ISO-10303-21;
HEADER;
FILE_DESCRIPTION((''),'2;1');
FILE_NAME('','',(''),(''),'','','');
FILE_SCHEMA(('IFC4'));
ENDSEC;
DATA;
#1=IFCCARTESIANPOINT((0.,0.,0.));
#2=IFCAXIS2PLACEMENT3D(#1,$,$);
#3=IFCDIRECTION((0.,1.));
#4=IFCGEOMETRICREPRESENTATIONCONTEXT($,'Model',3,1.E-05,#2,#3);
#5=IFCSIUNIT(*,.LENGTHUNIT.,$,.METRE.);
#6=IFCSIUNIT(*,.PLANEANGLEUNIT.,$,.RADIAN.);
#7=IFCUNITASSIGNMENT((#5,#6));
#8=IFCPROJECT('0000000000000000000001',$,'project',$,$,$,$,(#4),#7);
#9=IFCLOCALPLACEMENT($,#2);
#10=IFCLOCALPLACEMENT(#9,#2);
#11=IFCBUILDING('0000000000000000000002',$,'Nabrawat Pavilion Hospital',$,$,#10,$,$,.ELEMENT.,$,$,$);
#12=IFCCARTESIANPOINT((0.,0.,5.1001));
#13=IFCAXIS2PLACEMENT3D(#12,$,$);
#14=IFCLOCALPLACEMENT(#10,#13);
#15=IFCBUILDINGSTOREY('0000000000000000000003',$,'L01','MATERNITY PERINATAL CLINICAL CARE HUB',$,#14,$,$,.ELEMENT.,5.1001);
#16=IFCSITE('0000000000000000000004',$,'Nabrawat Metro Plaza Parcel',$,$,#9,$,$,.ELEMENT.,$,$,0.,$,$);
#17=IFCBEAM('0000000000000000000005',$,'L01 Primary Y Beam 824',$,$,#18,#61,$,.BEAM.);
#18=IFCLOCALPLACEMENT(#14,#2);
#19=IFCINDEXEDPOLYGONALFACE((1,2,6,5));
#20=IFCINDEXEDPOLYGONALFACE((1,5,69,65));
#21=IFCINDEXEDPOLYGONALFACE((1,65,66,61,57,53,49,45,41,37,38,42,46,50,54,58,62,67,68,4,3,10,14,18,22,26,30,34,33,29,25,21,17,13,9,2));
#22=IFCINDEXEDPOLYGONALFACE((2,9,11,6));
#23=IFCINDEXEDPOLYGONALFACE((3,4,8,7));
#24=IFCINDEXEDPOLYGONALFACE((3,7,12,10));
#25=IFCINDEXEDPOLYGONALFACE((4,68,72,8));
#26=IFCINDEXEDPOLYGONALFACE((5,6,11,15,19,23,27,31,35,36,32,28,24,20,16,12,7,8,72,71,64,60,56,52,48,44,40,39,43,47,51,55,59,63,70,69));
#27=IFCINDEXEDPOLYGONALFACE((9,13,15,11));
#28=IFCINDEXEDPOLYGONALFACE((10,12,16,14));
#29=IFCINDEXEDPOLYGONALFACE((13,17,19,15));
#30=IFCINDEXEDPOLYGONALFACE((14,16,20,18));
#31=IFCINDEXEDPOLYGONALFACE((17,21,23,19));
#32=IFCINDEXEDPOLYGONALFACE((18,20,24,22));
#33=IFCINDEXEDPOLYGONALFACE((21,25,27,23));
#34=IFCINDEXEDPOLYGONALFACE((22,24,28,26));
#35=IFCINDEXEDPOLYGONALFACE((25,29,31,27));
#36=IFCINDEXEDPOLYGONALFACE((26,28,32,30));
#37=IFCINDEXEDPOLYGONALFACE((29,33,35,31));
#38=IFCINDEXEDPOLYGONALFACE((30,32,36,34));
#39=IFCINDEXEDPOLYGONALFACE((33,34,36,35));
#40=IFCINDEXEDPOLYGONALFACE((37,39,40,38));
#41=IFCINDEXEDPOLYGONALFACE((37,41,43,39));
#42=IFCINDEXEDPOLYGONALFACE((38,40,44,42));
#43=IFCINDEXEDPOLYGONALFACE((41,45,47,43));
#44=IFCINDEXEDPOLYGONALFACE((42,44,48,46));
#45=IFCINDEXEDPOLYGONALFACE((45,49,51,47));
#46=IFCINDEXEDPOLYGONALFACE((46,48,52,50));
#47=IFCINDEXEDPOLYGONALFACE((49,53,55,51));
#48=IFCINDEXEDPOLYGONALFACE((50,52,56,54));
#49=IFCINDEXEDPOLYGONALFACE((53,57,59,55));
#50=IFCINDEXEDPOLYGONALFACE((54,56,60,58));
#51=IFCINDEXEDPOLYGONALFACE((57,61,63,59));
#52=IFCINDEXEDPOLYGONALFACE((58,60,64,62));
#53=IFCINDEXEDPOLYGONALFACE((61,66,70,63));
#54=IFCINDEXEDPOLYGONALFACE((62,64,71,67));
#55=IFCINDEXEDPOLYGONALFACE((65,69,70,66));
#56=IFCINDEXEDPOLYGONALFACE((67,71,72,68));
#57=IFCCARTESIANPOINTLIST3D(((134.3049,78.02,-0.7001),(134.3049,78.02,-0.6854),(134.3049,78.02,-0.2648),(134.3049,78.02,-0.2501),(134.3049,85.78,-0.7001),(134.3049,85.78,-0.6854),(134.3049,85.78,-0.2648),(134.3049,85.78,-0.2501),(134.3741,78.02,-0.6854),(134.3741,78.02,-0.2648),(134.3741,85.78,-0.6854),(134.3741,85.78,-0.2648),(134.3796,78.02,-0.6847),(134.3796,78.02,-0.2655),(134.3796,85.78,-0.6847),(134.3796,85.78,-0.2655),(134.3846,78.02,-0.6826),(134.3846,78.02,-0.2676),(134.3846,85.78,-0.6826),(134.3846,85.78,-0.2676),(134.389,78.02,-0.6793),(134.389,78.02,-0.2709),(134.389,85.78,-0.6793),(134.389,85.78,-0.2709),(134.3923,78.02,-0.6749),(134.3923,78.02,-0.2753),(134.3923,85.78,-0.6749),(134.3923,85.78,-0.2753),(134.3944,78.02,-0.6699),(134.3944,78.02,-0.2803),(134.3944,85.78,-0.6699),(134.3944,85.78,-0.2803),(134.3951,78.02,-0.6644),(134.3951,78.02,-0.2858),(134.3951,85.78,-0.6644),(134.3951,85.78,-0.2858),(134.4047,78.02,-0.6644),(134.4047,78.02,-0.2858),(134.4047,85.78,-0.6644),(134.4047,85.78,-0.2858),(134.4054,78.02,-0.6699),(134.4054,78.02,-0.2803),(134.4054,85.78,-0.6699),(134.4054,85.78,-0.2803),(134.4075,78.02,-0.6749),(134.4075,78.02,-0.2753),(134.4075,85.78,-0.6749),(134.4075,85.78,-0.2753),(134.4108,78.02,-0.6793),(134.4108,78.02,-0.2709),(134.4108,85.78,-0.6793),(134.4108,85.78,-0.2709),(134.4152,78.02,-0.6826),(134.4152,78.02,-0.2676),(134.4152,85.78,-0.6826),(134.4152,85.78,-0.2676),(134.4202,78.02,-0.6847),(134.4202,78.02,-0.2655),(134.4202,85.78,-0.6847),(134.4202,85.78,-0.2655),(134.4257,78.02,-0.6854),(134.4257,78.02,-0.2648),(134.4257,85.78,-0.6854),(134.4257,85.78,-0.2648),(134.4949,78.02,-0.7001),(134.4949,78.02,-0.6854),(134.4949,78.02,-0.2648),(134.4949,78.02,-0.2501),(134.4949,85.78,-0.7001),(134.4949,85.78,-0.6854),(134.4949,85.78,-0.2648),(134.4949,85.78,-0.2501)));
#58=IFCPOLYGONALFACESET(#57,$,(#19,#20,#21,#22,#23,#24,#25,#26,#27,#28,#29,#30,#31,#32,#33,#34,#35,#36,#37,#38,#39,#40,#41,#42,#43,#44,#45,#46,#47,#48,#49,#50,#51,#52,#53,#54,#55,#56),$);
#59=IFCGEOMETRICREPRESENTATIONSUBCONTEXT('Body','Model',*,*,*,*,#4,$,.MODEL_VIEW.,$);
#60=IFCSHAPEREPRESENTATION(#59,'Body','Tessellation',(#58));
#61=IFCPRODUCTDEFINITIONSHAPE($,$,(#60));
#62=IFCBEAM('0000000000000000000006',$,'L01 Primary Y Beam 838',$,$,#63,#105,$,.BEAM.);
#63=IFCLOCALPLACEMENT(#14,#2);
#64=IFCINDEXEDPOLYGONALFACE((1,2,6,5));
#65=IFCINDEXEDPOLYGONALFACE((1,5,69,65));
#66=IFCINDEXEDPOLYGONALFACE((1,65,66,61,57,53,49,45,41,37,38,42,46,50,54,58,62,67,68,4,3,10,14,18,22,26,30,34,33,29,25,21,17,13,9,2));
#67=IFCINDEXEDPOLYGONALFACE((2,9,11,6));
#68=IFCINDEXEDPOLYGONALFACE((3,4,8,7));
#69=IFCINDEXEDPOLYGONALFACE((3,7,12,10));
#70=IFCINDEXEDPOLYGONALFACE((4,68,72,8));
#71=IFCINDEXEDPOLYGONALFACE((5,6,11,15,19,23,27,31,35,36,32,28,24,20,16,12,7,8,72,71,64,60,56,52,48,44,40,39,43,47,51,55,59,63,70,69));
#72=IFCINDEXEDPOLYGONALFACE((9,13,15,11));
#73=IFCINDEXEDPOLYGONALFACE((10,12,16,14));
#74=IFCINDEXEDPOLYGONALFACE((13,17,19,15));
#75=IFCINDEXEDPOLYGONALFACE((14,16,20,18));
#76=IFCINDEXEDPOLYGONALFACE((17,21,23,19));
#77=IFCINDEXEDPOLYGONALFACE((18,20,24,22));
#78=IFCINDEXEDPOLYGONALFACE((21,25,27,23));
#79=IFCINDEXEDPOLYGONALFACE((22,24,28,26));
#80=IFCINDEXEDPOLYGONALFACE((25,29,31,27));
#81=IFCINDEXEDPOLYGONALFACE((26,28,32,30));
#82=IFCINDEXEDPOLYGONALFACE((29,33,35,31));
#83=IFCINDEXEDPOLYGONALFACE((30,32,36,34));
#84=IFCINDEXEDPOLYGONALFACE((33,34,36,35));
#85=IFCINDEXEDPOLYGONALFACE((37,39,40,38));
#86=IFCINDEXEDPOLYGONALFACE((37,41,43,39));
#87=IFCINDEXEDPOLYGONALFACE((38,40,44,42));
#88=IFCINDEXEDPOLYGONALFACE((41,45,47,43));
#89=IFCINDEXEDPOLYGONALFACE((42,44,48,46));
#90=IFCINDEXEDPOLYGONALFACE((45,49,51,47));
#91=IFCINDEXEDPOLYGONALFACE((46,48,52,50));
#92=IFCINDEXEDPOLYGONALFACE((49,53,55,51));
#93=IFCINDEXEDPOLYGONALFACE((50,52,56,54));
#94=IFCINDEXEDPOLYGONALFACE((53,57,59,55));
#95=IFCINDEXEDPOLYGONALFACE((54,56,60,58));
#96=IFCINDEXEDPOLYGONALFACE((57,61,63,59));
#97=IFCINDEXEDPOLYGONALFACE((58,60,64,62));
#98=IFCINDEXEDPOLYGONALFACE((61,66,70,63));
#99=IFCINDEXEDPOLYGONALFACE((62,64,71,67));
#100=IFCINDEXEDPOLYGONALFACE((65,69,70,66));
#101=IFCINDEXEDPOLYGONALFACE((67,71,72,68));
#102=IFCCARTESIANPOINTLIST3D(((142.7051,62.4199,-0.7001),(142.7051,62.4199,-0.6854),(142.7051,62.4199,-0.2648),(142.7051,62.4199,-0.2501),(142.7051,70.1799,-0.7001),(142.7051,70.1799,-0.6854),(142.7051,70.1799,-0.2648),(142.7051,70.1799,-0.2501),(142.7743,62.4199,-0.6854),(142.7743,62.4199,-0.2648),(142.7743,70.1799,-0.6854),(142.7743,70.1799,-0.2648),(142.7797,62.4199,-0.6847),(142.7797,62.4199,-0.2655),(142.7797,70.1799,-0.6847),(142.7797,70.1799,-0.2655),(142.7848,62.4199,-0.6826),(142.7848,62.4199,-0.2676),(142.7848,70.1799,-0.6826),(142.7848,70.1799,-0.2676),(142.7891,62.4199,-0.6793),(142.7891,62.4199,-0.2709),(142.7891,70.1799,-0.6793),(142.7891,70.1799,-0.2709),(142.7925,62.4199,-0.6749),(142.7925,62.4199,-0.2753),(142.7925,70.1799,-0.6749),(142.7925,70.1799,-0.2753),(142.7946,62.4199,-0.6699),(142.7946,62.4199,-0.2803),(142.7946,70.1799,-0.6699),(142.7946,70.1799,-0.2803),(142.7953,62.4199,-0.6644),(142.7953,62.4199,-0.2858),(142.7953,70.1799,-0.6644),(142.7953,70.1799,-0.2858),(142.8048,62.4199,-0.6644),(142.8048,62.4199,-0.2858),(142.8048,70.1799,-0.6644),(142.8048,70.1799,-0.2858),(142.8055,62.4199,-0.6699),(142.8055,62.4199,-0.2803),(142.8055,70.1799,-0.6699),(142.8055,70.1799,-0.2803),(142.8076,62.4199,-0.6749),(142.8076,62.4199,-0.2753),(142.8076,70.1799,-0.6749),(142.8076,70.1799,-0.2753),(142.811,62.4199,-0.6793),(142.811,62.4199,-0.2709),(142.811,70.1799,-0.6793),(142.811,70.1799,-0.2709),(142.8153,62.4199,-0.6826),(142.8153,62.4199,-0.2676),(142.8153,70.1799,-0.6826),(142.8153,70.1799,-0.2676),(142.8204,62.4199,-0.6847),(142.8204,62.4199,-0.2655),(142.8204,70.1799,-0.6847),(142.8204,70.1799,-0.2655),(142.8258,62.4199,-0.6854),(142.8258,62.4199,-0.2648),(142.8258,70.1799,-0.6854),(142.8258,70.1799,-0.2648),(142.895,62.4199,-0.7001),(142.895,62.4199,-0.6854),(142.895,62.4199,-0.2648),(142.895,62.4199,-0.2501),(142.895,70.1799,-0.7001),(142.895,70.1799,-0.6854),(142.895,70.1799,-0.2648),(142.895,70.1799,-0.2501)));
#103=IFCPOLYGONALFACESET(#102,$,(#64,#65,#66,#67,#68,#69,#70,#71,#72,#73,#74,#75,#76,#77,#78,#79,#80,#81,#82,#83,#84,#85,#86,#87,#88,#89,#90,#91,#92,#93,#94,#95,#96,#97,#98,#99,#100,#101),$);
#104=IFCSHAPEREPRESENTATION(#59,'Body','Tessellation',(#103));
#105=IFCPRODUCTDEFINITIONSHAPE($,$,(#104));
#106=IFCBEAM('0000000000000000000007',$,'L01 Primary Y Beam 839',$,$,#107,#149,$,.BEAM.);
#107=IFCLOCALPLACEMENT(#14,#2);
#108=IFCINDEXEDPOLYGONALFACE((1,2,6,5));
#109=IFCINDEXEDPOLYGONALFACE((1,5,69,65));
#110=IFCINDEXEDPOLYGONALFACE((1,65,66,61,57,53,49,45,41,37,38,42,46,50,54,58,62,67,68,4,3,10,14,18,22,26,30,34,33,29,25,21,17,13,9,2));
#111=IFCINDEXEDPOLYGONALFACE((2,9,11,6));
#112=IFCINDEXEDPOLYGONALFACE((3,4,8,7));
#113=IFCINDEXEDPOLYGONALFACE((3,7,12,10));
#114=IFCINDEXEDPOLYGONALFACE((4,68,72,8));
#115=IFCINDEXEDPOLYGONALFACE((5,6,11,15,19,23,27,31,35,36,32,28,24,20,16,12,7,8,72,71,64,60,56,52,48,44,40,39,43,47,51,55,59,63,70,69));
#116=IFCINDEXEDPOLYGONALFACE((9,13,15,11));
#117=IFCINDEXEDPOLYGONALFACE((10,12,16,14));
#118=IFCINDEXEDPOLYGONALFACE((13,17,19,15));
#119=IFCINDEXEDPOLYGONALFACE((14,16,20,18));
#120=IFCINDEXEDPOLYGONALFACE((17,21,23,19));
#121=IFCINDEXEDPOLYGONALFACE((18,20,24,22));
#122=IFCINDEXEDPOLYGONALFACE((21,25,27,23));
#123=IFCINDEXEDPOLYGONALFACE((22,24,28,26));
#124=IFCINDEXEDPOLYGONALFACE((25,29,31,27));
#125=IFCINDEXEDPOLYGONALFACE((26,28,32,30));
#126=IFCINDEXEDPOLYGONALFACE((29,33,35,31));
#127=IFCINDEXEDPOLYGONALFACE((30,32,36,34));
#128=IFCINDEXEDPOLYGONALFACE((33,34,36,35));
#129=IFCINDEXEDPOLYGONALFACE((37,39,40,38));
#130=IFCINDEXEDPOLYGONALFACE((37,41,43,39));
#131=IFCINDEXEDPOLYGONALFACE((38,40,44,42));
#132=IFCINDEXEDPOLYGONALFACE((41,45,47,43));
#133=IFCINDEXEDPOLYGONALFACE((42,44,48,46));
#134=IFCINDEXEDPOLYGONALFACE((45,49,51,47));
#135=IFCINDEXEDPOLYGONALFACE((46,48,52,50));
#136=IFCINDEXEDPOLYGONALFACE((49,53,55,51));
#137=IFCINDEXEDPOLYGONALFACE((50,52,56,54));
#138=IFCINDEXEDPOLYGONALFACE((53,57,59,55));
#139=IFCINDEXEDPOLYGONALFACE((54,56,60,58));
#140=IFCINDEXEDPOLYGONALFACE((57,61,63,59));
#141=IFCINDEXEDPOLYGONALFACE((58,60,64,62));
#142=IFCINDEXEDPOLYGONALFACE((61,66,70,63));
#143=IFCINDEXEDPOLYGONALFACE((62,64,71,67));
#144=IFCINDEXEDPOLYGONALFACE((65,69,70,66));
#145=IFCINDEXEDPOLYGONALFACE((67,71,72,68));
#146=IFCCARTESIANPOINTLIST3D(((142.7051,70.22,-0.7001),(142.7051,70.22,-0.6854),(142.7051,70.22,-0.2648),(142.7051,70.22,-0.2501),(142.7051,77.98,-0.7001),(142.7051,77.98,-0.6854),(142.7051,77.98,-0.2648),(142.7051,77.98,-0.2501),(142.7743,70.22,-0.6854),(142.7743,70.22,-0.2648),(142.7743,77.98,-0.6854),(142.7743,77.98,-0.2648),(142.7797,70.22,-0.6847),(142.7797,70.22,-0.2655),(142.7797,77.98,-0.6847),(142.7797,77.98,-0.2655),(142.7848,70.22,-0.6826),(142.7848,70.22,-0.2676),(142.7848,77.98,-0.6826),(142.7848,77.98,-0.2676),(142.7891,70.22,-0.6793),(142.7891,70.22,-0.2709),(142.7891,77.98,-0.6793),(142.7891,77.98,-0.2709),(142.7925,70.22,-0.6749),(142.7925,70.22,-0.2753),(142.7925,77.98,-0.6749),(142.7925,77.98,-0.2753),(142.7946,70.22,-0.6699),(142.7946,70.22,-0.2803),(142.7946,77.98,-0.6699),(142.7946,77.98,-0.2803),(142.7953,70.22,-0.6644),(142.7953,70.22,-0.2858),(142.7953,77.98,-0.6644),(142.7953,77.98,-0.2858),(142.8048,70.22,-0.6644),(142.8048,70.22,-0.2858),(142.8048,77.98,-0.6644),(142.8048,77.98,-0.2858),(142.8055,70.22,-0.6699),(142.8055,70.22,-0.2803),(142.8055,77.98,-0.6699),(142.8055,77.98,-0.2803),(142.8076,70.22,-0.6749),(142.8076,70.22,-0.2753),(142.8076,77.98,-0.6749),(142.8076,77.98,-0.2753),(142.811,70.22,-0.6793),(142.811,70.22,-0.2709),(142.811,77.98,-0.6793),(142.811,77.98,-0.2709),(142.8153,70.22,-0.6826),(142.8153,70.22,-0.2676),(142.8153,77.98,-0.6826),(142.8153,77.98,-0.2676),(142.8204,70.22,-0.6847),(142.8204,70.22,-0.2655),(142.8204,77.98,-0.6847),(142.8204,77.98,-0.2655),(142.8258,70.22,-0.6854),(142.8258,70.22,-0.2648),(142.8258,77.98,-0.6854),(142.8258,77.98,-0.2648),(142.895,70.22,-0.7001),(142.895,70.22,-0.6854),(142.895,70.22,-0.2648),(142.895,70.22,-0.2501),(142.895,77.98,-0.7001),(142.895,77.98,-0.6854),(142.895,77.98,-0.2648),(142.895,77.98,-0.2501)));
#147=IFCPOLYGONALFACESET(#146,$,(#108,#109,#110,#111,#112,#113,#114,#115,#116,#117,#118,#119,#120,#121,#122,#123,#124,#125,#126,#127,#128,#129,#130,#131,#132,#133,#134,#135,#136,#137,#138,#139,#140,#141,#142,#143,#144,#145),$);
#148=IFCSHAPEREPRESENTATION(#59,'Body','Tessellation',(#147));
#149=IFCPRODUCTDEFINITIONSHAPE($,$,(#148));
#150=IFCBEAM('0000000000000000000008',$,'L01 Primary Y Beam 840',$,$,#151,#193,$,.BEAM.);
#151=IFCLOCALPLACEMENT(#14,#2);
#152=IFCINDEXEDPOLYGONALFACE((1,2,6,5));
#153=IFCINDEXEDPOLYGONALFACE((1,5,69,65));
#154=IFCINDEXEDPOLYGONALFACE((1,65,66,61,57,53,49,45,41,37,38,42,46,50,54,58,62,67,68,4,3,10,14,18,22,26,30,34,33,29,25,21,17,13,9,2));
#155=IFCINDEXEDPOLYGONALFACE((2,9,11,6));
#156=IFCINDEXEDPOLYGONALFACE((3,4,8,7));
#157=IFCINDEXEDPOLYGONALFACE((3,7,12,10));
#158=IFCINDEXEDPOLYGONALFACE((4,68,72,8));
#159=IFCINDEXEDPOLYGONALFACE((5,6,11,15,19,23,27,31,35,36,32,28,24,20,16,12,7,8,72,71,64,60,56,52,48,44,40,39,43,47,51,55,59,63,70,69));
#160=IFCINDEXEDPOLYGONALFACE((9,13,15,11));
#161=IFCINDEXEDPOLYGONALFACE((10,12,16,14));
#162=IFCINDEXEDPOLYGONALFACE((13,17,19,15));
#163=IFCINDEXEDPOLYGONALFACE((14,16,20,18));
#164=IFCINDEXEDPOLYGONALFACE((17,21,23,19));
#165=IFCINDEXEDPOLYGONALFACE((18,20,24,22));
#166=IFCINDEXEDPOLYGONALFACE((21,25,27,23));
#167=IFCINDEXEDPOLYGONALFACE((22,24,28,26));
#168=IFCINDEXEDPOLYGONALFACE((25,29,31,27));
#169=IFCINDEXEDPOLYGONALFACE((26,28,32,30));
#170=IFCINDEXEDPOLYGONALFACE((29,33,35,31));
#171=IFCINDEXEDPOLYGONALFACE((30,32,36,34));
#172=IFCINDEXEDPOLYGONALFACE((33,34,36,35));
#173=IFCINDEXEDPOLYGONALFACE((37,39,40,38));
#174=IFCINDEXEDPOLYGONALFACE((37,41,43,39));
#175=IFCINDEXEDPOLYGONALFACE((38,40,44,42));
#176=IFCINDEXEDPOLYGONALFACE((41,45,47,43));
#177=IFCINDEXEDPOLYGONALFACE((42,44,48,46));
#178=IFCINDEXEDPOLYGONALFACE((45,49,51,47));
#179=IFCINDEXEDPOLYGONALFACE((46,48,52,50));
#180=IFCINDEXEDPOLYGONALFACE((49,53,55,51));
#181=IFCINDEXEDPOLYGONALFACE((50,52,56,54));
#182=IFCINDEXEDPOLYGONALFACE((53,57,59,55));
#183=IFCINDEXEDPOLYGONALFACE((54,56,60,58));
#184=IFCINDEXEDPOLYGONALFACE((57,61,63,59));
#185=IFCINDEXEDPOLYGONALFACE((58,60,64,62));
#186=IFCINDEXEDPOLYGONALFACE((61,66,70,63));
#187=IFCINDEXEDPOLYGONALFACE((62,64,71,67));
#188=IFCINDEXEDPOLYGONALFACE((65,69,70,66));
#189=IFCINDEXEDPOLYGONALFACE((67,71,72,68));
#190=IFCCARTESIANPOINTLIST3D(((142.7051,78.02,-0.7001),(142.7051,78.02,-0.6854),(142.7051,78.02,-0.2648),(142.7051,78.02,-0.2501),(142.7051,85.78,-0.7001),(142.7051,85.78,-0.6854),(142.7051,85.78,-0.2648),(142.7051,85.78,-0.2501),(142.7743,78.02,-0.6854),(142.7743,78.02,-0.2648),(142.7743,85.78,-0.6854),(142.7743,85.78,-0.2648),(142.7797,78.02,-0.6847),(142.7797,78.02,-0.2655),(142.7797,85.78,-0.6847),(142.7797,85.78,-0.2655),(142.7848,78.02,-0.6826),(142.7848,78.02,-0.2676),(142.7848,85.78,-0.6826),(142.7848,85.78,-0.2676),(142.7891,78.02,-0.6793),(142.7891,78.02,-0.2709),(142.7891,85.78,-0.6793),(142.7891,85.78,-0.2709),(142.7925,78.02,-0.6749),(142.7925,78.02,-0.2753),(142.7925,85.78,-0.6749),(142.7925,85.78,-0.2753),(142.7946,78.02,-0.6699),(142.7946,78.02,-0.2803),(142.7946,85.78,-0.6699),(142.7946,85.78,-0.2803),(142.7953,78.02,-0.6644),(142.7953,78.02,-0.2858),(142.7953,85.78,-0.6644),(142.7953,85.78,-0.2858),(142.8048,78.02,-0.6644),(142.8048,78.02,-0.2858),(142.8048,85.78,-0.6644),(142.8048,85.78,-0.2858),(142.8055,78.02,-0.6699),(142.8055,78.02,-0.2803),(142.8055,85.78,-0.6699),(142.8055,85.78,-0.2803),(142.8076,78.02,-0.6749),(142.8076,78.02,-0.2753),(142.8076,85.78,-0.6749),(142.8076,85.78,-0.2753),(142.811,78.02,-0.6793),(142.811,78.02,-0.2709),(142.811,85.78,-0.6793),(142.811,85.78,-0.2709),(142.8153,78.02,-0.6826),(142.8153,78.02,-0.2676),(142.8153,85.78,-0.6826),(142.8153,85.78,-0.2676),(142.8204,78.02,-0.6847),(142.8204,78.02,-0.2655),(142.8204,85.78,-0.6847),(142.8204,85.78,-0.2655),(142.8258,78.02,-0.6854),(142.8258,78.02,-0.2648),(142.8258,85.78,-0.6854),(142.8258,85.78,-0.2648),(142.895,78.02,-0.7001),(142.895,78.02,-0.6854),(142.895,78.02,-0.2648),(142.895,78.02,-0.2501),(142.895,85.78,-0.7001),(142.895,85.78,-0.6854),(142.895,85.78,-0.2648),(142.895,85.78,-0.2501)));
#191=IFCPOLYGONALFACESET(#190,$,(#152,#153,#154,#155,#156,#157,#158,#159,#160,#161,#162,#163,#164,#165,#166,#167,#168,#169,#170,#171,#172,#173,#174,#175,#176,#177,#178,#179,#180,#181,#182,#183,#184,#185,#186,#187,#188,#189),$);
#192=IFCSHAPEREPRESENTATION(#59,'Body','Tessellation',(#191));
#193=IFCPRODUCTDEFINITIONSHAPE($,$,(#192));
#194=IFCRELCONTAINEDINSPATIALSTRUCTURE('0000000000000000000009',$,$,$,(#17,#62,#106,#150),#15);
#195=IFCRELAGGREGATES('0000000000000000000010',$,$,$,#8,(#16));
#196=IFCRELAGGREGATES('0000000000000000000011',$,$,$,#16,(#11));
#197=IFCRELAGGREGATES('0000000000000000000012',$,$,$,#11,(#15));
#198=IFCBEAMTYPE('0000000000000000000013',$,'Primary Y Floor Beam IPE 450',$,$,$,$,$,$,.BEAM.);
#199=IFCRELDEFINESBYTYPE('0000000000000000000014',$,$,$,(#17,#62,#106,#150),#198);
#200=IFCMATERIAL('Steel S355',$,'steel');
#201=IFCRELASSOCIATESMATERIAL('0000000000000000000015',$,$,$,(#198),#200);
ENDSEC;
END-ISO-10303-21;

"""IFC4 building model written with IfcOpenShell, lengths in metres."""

from ifc_helpers import new_model, si_unit, direction, frame, origin, origin_2d, place, context, subcontext, project, spatial, i_section, extrude, material, material_profile, profile_set, type_object, element, save


model = new_model("IFC4")

# Units and contexts
model_context = context("Model", 3, precision=1e-05, world=origin(), true_north=direction((0.0, 1.0)))
body_context = subcontext(model_context, "Body", "Model", "MODEL_VIEW")
ifc_project = project(units=[si_unit("LENGTHUNIT", "METRE"), si_unit("PLANEANGLEUNIT", "RADIAN")], contexts=[model_context])

# Site, building, storey
site_placement = place(None, origin())
site = spatial("IfcSite", under=ifc_project, at=site_placement, Name="Nabrawat Metro Plaza Parcel", CompositionType="ELEMENT", RefElevation=0.0)
building_placement = place(site_placement, origin())
building = spatial("IfcBuilding", under=site, at=building_placement, Name="Nabrawat Pavilion Hospital", CompositionType="ELEMENT")
storey_placement = place(building_placement, frame((0.0, 0.0, 5.1001)))
storey = spatial("IfcBuildingStorey", under=building, at=storey_placement, Name="L01", Description="MATERNITY PERINATAL CLINICAL CARE HUB", CompositionType="ELEMENT", Elevation=5.1001)

# Shared definitions
ifc_material_1 = material(Name="Steel S355", Category="steel")

# Beams
ifc_material_profile_1 = material_profile(ifc_material_1, i_section(OverallWidth=0.1899, OverallDepth=0.45, WebThickness=0.0095, FlangeThickness=0.0146, FilletRadius=0.021, at=origin_2d()), Name="IPE 450")
ifc_profile_set_1 = profile_set([ifc_material_profile_1], Name="Steel S355")
beam_type_1 = type_object("IfcBeamType", Name="Primary Y Floor Beam IPE 450", PredefinedType="BEAM", material=ifc_profile_set_1)
for number, where, z_axis, x_axis, name in (
    (1, (134.3999, 78.02, -0.4751), (0.0, 1.0, 0.0), (-1.0, 0.0, 0.0), "L01 Primary Y Beam 824"),
    (2, (142.8, 62.4199, -0.4751), (0.0, 1.0, 0.0), (-1.0, 0.0, 0.0), "L01 Primary Y Beam 838"),
    (3, (142.8, 70.22, -0.4751), (0.0, 1.0, 0.0), (-1.0, 0.0, 0.0), "L01 Primary Y Beam 839"),
    (4, (142.8, 78.02, -0.4751), (0.0, 1.0, 0.0), (-1.0, 0.0, 0.0), "L01 Primary Y Beam 840"),
):
    element("IfcBeam", number, at=place(storey_placement, frame(where, z_axis=z_axis, x_axis=x_axis)), inside=storey, type_object=beam_type_1, Name=name, PredefinedType="BEAM", context=body_context, shape_type="SweptSolid", body=[
        extrude(i_section(OverallWidth=0.1899, OverallDepth=0.45, WebThickness=0.0095, FlangeThickness=0.0146, FilletRadius=0.021, at=origin_2d()), origin(), (0.0, 0.0, 1.0), 7.76),
    ])

save(model, "model.ifc")
